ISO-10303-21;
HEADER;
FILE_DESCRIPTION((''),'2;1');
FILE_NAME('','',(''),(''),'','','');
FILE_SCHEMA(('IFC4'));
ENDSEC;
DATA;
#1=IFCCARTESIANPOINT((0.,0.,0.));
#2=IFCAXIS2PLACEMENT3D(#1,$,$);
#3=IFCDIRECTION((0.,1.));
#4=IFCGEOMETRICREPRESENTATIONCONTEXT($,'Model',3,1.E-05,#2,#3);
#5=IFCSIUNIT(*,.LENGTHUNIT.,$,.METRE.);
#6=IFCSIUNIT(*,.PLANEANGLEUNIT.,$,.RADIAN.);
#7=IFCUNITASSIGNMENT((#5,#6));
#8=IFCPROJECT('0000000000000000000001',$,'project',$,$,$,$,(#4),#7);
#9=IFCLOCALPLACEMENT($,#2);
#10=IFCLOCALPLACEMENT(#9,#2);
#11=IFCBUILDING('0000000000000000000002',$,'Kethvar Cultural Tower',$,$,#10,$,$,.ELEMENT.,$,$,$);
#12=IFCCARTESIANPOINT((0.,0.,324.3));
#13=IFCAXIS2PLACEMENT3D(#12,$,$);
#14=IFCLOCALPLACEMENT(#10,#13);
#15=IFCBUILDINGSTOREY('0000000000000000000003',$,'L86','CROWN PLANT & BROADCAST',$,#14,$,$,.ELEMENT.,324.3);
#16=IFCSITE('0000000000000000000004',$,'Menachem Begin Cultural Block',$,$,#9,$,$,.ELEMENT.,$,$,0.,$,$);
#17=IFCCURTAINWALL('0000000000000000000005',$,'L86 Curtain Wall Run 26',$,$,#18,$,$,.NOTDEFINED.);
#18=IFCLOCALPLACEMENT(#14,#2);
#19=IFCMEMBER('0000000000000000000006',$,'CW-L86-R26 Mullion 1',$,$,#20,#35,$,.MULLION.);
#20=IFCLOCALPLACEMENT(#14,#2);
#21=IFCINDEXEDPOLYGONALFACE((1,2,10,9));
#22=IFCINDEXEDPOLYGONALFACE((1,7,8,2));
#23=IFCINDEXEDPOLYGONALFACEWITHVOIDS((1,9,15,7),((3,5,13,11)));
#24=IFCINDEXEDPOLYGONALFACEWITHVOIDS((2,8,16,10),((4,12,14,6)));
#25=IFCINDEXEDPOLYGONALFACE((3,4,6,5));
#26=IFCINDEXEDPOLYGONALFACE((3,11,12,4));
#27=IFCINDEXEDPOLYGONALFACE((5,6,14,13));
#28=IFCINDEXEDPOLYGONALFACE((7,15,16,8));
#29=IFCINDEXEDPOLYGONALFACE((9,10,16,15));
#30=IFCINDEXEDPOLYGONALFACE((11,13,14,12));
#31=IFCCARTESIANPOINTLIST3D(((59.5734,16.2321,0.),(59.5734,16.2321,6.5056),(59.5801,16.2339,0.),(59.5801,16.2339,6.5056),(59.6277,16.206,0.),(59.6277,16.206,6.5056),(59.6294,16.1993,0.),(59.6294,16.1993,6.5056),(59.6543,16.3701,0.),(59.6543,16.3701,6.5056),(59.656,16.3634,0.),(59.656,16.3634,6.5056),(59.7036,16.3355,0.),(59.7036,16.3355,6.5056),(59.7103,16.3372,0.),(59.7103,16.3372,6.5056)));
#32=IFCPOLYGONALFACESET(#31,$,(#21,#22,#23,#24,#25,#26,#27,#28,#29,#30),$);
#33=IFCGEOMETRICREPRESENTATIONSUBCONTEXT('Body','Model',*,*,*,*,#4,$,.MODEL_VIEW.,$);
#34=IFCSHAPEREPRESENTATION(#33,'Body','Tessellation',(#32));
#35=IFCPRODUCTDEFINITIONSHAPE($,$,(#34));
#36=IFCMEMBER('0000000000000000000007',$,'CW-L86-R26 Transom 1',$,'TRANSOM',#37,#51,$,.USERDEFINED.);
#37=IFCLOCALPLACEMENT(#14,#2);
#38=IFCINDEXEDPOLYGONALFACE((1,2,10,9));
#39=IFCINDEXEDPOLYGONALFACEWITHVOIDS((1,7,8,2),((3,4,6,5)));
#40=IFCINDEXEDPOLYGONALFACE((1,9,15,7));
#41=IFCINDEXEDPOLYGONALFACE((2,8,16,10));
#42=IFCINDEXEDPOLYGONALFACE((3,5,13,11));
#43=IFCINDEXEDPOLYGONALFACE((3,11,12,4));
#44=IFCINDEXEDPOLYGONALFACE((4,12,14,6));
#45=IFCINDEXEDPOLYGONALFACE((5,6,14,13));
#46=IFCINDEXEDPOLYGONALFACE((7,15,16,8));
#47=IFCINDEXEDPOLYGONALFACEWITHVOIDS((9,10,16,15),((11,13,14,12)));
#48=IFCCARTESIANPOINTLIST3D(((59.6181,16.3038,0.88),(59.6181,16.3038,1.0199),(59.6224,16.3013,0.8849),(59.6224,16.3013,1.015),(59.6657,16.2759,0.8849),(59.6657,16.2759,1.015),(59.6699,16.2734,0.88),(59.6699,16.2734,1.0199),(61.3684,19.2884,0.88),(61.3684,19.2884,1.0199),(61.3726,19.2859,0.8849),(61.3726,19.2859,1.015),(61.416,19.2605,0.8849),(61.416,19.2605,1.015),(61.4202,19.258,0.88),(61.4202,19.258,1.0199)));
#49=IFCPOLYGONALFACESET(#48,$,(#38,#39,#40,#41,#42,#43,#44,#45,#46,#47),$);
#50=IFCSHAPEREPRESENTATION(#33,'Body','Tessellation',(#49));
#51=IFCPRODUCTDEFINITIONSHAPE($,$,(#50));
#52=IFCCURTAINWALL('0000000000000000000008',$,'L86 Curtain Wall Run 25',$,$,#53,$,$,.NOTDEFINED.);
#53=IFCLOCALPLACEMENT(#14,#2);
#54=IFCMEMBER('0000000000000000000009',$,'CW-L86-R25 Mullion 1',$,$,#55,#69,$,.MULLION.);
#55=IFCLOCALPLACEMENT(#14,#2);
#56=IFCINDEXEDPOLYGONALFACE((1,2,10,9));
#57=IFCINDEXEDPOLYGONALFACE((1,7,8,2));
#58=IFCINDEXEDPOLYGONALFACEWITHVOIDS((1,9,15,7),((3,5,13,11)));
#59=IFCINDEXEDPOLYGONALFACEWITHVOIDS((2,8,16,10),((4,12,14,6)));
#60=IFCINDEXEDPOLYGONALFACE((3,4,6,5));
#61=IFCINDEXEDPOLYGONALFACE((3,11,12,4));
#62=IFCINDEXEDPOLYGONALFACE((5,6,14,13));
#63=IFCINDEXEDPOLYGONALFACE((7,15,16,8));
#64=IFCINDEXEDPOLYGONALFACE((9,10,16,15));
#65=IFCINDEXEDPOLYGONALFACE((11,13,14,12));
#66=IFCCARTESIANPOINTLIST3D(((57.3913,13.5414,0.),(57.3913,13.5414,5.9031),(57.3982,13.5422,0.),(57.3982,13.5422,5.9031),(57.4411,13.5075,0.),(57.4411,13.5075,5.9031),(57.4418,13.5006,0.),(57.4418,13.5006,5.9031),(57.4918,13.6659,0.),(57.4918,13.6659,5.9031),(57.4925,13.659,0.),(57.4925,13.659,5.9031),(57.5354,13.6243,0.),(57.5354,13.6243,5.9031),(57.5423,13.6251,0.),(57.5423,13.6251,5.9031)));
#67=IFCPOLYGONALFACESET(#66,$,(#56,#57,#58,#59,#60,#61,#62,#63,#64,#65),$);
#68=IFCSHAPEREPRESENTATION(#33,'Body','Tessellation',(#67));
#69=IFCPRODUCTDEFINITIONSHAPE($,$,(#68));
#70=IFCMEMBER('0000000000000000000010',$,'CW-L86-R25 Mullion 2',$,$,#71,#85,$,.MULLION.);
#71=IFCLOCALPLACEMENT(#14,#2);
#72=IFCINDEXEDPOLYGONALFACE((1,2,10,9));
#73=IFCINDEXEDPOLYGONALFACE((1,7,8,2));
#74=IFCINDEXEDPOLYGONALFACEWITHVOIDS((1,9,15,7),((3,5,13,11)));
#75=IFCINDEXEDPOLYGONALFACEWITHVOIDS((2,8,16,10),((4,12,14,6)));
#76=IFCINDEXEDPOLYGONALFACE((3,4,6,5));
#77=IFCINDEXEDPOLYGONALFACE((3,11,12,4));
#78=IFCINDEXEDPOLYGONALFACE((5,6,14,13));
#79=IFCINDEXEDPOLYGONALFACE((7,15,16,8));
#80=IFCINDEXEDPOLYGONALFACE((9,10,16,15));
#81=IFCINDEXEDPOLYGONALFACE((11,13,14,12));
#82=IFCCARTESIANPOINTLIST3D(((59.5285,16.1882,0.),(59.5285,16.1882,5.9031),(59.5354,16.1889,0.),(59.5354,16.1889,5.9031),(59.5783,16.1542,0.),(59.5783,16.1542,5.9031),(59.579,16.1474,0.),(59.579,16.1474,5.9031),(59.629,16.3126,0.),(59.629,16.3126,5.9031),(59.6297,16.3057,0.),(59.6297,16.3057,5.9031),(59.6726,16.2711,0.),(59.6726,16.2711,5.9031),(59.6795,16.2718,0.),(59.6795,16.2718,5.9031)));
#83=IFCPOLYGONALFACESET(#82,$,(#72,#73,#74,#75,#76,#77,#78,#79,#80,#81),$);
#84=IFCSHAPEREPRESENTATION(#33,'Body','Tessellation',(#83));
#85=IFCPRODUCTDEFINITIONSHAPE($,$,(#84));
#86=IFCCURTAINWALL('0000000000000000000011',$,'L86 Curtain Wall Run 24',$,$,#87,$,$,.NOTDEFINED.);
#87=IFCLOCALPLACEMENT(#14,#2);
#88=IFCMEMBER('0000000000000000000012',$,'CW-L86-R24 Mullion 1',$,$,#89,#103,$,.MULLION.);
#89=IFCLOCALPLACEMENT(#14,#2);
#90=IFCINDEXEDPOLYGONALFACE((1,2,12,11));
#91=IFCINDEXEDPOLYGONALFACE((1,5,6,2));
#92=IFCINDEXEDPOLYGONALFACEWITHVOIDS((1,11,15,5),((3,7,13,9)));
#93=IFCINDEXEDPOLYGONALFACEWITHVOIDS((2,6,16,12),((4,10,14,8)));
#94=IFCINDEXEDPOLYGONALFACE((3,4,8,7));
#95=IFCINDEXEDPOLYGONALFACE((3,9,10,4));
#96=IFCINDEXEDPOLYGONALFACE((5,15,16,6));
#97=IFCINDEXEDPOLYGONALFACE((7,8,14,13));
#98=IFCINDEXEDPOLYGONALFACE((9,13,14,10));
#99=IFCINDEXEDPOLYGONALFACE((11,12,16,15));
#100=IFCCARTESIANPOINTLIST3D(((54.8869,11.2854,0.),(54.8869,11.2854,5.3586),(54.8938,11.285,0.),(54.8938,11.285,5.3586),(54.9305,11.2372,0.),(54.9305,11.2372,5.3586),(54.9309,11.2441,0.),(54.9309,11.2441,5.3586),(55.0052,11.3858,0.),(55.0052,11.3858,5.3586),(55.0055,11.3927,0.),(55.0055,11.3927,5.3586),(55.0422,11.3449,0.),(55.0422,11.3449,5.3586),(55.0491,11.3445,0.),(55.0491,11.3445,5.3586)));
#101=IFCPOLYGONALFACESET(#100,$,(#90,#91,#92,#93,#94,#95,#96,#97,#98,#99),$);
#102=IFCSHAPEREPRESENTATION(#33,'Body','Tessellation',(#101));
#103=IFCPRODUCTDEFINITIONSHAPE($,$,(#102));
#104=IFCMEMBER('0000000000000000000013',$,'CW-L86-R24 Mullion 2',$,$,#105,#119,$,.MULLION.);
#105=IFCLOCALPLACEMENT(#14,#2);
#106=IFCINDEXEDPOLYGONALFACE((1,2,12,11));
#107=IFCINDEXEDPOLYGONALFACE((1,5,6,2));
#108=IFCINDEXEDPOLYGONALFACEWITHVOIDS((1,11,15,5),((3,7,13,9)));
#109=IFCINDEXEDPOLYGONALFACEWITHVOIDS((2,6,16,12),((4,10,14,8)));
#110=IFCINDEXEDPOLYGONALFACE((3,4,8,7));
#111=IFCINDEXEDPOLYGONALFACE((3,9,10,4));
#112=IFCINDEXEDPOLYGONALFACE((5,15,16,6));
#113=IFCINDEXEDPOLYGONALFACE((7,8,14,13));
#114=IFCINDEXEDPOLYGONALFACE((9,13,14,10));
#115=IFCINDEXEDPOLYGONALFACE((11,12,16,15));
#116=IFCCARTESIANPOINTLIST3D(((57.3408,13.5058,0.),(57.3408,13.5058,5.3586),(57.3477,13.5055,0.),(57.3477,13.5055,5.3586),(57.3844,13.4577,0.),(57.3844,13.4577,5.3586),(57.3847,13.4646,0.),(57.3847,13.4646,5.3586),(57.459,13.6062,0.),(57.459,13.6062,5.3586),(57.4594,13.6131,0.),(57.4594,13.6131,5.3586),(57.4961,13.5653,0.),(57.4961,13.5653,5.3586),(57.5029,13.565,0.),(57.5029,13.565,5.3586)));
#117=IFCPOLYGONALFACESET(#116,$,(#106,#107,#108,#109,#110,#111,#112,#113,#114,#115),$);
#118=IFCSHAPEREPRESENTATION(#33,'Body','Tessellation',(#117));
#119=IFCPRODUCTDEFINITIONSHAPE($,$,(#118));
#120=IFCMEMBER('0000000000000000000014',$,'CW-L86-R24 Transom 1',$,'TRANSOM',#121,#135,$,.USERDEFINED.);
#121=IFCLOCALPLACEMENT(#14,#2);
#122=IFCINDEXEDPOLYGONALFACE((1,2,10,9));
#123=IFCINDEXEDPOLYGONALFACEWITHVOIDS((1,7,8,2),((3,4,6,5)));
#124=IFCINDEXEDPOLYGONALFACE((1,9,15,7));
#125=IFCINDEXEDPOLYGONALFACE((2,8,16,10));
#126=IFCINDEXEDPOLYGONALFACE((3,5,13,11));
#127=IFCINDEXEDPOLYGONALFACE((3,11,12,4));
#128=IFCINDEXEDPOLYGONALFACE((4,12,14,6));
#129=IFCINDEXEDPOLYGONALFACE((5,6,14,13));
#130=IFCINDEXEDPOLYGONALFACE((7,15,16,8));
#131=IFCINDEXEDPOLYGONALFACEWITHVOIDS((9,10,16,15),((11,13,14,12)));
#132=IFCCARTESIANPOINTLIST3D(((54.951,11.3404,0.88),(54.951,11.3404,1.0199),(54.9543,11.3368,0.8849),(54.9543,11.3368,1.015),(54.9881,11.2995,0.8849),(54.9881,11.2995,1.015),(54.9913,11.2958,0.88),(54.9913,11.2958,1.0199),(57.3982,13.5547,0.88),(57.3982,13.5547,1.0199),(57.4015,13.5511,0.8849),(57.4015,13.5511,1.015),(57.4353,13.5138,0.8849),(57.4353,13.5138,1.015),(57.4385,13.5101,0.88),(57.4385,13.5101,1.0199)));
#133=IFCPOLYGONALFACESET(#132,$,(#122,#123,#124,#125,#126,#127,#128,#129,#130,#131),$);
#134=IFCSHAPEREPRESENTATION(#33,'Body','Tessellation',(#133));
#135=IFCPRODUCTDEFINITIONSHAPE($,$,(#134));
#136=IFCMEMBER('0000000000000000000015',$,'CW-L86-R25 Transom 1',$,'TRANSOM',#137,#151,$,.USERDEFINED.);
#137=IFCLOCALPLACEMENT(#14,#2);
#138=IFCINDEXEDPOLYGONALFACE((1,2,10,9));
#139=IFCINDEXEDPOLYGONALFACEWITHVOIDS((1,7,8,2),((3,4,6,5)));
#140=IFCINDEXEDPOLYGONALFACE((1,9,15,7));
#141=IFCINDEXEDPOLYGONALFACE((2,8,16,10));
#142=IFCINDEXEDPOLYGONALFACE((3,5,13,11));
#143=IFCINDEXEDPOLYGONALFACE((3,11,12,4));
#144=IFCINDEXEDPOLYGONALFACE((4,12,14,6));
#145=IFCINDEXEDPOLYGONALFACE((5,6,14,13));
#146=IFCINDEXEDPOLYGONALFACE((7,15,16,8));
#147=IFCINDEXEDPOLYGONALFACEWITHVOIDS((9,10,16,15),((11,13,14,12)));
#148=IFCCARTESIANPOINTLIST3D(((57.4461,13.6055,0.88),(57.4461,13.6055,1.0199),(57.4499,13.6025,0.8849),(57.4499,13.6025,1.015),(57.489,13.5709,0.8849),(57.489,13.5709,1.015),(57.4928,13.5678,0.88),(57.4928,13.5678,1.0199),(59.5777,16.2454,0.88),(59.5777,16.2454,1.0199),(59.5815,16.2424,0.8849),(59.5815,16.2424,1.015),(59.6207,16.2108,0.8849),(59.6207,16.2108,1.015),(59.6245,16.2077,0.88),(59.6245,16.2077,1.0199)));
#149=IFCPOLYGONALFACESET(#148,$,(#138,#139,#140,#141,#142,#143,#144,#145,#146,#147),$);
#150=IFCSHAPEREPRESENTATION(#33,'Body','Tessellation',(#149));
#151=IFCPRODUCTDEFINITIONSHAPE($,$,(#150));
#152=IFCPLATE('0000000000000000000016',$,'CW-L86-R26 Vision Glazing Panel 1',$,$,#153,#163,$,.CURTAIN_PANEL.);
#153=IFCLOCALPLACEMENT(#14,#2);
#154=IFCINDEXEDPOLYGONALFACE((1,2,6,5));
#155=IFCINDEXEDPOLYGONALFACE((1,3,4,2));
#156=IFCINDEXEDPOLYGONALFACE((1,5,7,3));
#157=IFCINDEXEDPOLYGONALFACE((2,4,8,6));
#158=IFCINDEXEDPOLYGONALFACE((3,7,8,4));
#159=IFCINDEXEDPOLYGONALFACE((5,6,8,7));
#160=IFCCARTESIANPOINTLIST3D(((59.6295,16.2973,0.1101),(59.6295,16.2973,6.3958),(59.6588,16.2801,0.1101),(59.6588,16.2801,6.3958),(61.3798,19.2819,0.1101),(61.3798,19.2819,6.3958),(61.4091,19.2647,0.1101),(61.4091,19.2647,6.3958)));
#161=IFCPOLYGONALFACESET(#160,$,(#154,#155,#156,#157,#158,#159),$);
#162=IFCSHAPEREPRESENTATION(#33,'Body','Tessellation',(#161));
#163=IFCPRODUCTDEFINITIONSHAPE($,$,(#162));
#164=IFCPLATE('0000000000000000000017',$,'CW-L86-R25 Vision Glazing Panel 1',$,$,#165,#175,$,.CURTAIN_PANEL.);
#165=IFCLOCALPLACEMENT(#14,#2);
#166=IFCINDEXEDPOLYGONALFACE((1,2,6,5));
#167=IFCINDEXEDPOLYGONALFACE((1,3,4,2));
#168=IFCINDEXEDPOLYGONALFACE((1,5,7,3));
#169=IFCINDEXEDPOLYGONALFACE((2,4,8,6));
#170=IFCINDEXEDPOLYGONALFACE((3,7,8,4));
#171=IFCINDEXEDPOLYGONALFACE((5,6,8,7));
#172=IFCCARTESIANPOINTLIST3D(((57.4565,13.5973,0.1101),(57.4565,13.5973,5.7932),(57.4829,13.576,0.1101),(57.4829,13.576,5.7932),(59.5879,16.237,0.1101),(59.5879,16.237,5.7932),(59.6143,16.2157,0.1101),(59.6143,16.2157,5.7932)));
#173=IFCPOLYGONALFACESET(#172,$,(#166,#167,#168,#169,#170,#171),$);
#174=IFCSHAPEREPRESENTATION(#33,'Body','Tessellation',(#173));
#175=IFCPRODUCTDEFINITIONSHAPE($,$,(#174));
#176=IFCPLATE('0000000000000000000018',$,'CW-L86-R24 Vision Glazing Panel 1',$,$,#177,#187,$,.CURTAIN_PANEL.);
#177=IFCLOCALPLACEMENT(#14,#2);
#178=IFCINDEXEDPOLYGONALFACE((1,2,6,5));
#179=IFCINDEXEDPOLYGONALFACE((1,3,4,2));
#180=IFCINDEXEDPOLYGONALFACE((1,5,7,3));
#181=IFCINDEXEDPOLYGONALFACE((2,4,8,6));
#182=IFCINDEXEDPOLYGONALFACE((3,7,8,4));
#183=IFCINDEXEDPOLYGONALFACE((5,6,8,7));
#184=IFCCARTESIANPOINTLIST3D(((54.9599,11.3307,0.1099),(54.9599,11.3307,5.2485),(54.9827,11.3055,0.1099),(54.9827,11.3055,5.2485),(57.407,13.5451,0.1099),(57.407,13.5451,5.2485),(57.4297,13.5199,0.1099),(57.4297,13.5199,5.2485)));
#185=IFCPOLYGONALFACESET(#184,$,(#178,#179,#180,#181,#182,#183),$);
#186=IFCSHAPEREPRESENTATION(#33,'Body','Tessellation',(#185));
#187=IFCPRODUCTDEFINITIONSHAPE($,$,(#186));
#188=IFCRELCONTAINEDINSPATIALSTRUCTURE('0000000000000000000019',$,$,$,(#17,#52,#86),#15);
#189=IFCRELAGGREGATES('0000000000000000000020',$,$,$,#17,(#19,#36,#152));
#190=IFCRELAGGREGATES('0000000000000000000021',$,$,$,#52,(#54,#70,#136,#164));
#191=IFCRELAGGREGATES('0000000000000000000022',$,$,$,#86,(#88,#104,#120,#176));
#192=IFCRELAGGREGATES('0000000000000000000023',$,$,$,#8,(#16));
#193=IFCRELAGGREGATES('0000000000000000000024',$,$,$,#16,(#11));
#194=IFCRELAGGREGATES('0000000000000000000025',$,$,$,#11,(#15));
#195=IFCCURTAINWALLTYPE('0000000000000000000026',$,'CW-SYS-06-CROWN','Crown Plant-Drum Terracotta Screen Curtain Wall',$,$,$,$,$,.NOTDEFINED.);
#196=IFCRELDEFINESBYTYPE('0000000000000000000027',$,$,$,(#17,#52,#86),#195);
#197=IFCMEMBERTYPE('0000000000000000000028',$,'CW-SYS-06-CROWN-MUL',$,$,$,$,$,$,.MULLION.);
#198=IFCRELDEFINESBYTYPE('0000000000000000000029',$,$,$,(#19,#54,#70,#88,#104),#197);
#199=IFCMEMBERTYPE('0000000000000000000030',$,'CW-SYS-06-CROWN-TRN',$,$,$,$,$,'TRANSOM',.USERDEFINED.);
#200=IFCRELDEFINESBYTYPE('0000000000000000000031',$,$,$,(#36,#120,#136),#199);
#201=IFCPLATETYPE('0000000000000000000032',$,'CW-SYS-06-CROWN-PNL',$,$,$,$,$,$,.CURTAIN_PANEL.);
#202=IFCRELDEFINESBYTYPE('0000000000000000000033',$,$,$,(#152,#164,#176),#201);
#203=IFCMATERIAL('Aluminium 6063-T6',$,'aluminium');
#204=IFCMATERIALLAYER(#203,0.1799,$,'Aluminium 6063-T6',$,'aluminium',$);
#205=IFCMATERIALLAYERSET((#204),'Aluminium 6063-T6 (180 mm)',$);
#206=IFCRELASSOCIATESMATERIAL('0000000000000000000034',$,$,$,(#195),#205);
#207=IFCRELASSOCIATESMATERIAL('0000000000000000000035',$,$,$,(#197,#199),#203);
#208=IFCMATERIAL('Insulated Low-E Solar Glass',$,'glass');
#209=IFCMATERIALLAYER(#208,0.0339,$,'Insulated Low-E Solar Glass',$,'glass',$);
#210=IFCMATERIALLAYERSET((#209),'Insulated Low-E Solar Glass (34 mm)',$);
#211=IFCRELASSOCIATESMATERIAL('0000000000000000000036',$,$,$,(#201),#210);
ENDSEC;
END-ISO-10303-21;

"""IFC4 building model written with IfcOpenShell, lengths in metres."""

from ifc_helpers import new_model, si_unit, direction, frame, origin, origin_2d, place, context, subcontext, project, spatial, rectangle, hollow_rectangle, extrude, source, transform, mapped, material, layer, layer_set, material_profile, profile_set, type_object, element, aggregate, save


model = new_model("IFC4")

# Units and contexts
model_context = context("Model", 3, precision=1e-05, world=origin(), true_north=direction((0.0, 1.0)))
body_context = subcontext(model_context, "Body", "Model", "MODEL_VIEW")
ifc_project = project(units=[si_unit("LENGTHUNIT", "METRE"), si_unit("PLANEANGLEUNIT", "RADIAN")], contexts=[model_context])

# Site, building, storey
site_placement = place(None, origin())
site = spatial("IfcSite", under=ifc_project, at=site_placement, Name="Menachem Begin Cultural Block", CompositionType="ELEMENT", RefElevation=0.0)
building_placement = place(site_placement, origin())
building = spatial("IfcBuilding", under=site, at=building_placement, Name="Kethvar Cultural Tower", CompositionType="ELEMENT")
storey_placement = place(building_placement, frame((0.0, 0.0, 324.3)))
storey = spatial("IfcBuildingStorey", under=building, at=storey_placement, Name="L86", Description="CROWN PLANT & BROADCAST", CompositionType="ELEMENT", Elevation=324.3)

# Curtain walls, members
ifc_material_1 = material(Name="Aluminium 6063-T6", Category="aluminium")
ifc_layer_1 = layer(ifc_material_1, 0.1799, Name="Aluminium 6063-T6", Category="aluminium")
ifc_layer_set_1 = layer_set([ifc_layer_1], Name="Aluminium 6063-T6 (180 mm)")
curtain_wall_type = type_object("IfcCurtainWallType", Name="CW-SYS-06-CROWN", Description="Crown Plant-Drum Terracotta Screen Curtain Wall", PredefinedType="NOTDEFINED", material=ifc_layer_set_1)
curtain_wall_1_placement = place(storey_placement, origin())
curtain_wall_1 = element("IfcCurtainWall", 1, at=curtain_wall_1_placement, inside=storey, type_object=curtain_wall_type, Name="L86 Curtain Wall Run 26", PredefinedType="NOTDEFINED")
ifc_material_profile_1 = material_profile(ifc_material_1, hollow_rectangle(XDim=0.0649, YDim=0.1599, WallThickness=0.0049, at=origin_2d()), Name="Aluminium 6063-T6 — RHS160x65x5")
ifc_profile_set_1 = profile_set([ifc_material_profile_1], Name="Aluminium 6063-T6 — RHS160x65x5")
member_type_1 = type_object("IfcMemberType", Name="CW-SYS-06-CROWN-MUL", PredefinedType="MULLION", material=ifc_profile_set_1)
shared_shape_1 = source(origin(), body_context, "Body", "SweptSolid", [
    extrude(hollow_rectangle(XDim=0.0649, YDim=0.1599, WallThickness=0.0049, at=origin_2d()), origin(), (0.0, 0.0, 1.0), 6.5056),
])
member_1_placement = place(storey_placement, frame((59.6418, 16.2847, 0.0), z_axis=(0.0, 0.0, 1.0), x_axis=(-0.862602, 0.505883, 0.0)))
member_1 = element("IfcMember", 2, at=member_1_placement, type_object=member_type_1, Name="CW-L86-R26 Mullion 1", PredefinedType="MULLION", context=body_context, shape_type="MappedRepresentation", body=[
    mapped(shared_shape_1, transform((0.0, 0.0, 0.0), scale=1.0)),
])
ifc_material_profile_2 = material_profile(ifc_material_1, hollow_rectangle(XDim=0.0601, YDim=0.1399, WallThickness=0.0049, at=origin_2d()), Name="Aluminium 6063-T6 — RHS140x60x5")
ifc_profile_set_2 = profile_set([ifc_material_profile_2], Name="Aluminium 6063-T6 — RHS140x60x5")
member_type_2 = type_object("IfcMemberType", Name="CW-SYS-06-CROWN-TRN", ElementType="TRANSOM", PredefinedType="USERDEFINED", material=ifc_profile_set_2)
shared_shape_2 = source(origin(), body_context, "Body", "SweptSolid", [
    extrude(hollow_rectangle(XDim=0.0601, YDim=0.1399, WallThickness=0.0049, at=origin_2d()), origin(), (0.0, 0.0, 1.0), 3.46),
])
member_2_placement = place(storey_placement, frame((59.644, 16.2886, 0.95), z_axis=(0.505857, 0.862617, 0.0), x_axis=(-0.862617, 0.505857, 0.0)))
member_2 = element("IfcMember", 3, at=member_2_placement, type_object=member_type_2, Name="CW-L86-R26 Transom 1", ObjectType="TRANSOM", PredefinedType="USERDEFINED", context=body_context, shape_type="MappedRepresentation", body=[
    mapped(shared_shape_2, transform((0.0, 0.0, 0.0), scale=1.0)),
])
curtain_wall_2_placement = place(storey_placement, origin())
curtain_wall_2 = element("IfcCurtainWall", 4, at=curtain_wall_2_placement, inside=storey, type_object=curtain_wall_type, Name="L86 Curtain Wall Run 25", PredefinedType="NOTDEFINED")
shared_shape_3 = source(origin(), body_context, "Body", "SweptSolid", [
    extrude(hollow_rectangle(XDim=0.0649, YDim=0.1599, WallThickness=0.0049, at=origin_2d()), origin(), (0.0, 0.0, 1.0), 5.9031),
])
member_3_placement = place(storey_placement, frame((57.4668, 13.5833, 0.0), z_axis=(0.0, 0.0, 1.0), x_axis=(-0.778035, 0.628221, 0.0)))
member_3 = element("IfcMember", 5, at=member_3_placement, type_object=member_type_1, Name="CW-L86-R25 Mullion 1", PredefinedType="MULLION", context=body_context, shape_type="MappedRepresentation", body=[
    mapped(shared_shape_3, transform((0.0, 0.0, 0.0), scale=1.0)),
])
member_4_placement = place(storey_placement, frame((59.604, 16.23, 0.0), z_axis=(0.0, 0.0, 1.0), x_axis=(-0.778035, 0.628221, 0.0)))
member_4 = element("IfcMember", 6, at=member_4_placement, type_object=member_type_1, Name="CW-L86-R25 Mullion 2", PredefinedType="MULLION", context=body_context, shape_type="MappedRepresentation", body=[
    mapped(shared_shape_3, transform((0.0, 0.0, 0.0), scale=1.0)),
])
curtain_wall_3_placement = place(storey_placement, origin())
curtain_wall_3 = element("IfcCurtainWall", 7, at=curtain_wall_3_placement, inside=storey, type_object=curtain_wall_type, Name="L86 Curtain Wall Run 24", PredefinedType="NOTDEFINED")
shared_shape_4 = source(origin(), body_context, "Body", "SweptSolid", [
    extrude(hollow_rectangle(XDim=0.0649, YDim=0.1599, WallThickness=0.0049, at=origin_2d()), origin(), (0.0, 0.0, 1.0), 5.3586),
])
member_5_placement = place(storey_placement, frame((54.968, 11.3149, 0.0), z_axis=(0.0, 0.0, 1.0), x_axis=(-0.670983, 0.741472, 0.0)))
member_5 = element("IfcMember", 8, at=member_5_placement, type_object=member_type_1, Name="CW-L86-R24 Mullion 1", PredefinedType="MULLION", context=body_context, shape_type="MappedRepresentation", body=[
    mapped(shared_shape_4, transform((0.0, 0.0, 0.0), scale=1.0)),
])
member_6_placement = place(storey_placement, frame((57.4219, 13.5354, 0.0), z_axis=(0.0, 0.0, 1.0), x_axis=(-0.670983, 0.741472, 0.0)))
member_6 = element("IfcMember", 9, at=member_6_placement, type_object=member_type_1, Name="CW-L86-R24 Mullion 2", PredefinedType="MULLION", context=body_context, shape_type="MappedRepresentation", body=[
    mapped(shared_shape_4, transform((0.0, 0.0, 0.0), scale=1.0)),
])
shared_shape_5 = source(origin(), body_context, "Body", "SweptSolid", [
    extrude(hollow_rectangle(XDim=0.0601, YDim=0.1399, WallThickness=0.0049, at=origin_2d()), origin(), (0.0, 0.0, 1.0), 3.3003),
])
member_7_placement = place(storey_placement, frame((54.9712, 11.3181, 0.95), z_axis=(0.741511, 0.67094, 0.0), x_axis=(-0.67094, 0.741511, 0.0)))
member_7 = element("IfcMember", 10, at=member_7_placement, type_object=member_type_2, Name="CW-L86-R24 Transom 1", ObjectType="TRANSOM", PredefinedType="USERDEFINED", context=body_context, shape_type="MappedRepresentation", body=[
    mapped(shared_shape_5, transform((0.0, 0.0, 0.0), scale=1.0)),
])

# Member
shared_shape_6 = source(origin(), body_context, "Body", "SweptSolid", [
    extrude(hollow_rectangle(XDim=0.0601, YDim=0.1399, WallThickness=0.0049, at=origin_2d()), origin(), (0.0, 0.0, 1.0), 3.3931),
])
member_8_placement = place(storey_placement, frame((57.4695, 13.5867, 0.95), z_axis=(0.628225, 0.778032, 0.0), x_axis=(-0.778032, 0.628225, 0.0)))
member_8 = element("IfcMember", 11, at=member_8_placement, type_object=member_type_2, Name="CW-L86-R25 Transom 1", ObjectType="TRANSOM", PredefinedType="USERDEFINED", context=body_context, shape_type="MappedRepresentation", body=[
    mapped(shared_shape_6, transform((0.0, 0.0, 0.0), scale=1.0)),
])

# Plates
ifc_material_2 = material(Name="Insulated Low-E Solar Glass", Category="glass")
ifc_layer_2 = layer(ifc_material_2, 0.0339, Name="Insulated Low-E Solar Glass", Category="glass")
ifc_layer_set_2 = layer_set([ifc_layer_2], Name="Insulated Low-E Solar Glass (34 mm)")
plate_type = type_object("IfcPlateType", Name="CW-SYS-06-CROWN-PNL", PredefinedType="CURTAIN_PANEL", material=ifc_layer_set_2)
shared_shape_7 = source(origin(), body_context, "Body", "SweptSolid", [
    extrude(rectangle(XDim=3.46, YDim=0.0339, at=origin_2d()), origin(), (0.0, 0.0, 1.0), 6.2856),
])
plate_1_placement = place(storey_placement, frame((60.5193, 17.781, 0.1101), z_axis=(0.0, 0.0, 1.0), x_axis=(0.505883, 0.862602, 0.0)))
plate_1 = element("IfcPlate", 12, at=plate_1_placement, type_object=plate_type, Name="CW-L86-R26 Vision Glazing Panel 1", PredefinedType="CURTAIN_PANEL", context=body_context, shape_type="MappedRepresentation", body=[
    mapped(shared_shape_7, transform((0.0, 0.0, 0.0), scale=1.0)),
])
aggregate(curtain_wall_1, [member_1, member_2, plate_1])
shared_shape_8 = source(origin(), body_context, "Body", "SweptSolid", [
    extrude(rectangle(XDim=3.3928, YDim=0.0339, at=origin_2d()), origin(), (0.0, 0.0, 1.0), 5.6831),
])
plate_2_placement = place(storey_placement, frame((58.5354, 14.9065, 0.1101), z_axis=(0.0, 0.0, 1.0), x_axis=(0.628221, 0.778035, 0.0)))
plate_2 = element("IfcPlate", 13, at=plate_2_placement, type_object=plate_type, Name="CW-L86-R25 Vision Glazing Panel 1", PredefinedType="CURTAIN_PANEL", context=body_context, shape_type="MappedRepresentation", body=[
    mapped(shared_shape_8, transform((0.0, 0.0, 0.0), scale=1.0)),
])
aggregate(curtain_wall_2, [member_3, member_4, member_8, plate_2])
shared_shape_9 = source(origin(), body_context, "Body", "SweptSolid", [
    extrude(rectangle(XDim=3.3003, YDim=0.0339, at=origin_2d()), origin(), (0.0, 0.0, 1.0), 5.1387),
])
plate_3_placement = place(storey_placement, frame((56.1948, 12.4253, 0.1099), z_axis=(0.0, 0.0, 1.0), x_axis=(0.741472, 0.670983, 0.0)))
plate_3 = element("IfcPlate", 14, at=plate_3_placement, type_object=plate_type, Name="CW-L86-R24 Vision Glazing Panel 1", PredefinedType="CURTAIN_PANEL", context=body_context, shape_type="MappedRepresentation", body=[
    mapped(shared_shape_9, transform((0.0, 0.0, 0.0), scale=1.0)),
])
aggregate(curtain_wall_3, [member_5, member_6, member_7, plate_3])

save(model, "model.ifc")
